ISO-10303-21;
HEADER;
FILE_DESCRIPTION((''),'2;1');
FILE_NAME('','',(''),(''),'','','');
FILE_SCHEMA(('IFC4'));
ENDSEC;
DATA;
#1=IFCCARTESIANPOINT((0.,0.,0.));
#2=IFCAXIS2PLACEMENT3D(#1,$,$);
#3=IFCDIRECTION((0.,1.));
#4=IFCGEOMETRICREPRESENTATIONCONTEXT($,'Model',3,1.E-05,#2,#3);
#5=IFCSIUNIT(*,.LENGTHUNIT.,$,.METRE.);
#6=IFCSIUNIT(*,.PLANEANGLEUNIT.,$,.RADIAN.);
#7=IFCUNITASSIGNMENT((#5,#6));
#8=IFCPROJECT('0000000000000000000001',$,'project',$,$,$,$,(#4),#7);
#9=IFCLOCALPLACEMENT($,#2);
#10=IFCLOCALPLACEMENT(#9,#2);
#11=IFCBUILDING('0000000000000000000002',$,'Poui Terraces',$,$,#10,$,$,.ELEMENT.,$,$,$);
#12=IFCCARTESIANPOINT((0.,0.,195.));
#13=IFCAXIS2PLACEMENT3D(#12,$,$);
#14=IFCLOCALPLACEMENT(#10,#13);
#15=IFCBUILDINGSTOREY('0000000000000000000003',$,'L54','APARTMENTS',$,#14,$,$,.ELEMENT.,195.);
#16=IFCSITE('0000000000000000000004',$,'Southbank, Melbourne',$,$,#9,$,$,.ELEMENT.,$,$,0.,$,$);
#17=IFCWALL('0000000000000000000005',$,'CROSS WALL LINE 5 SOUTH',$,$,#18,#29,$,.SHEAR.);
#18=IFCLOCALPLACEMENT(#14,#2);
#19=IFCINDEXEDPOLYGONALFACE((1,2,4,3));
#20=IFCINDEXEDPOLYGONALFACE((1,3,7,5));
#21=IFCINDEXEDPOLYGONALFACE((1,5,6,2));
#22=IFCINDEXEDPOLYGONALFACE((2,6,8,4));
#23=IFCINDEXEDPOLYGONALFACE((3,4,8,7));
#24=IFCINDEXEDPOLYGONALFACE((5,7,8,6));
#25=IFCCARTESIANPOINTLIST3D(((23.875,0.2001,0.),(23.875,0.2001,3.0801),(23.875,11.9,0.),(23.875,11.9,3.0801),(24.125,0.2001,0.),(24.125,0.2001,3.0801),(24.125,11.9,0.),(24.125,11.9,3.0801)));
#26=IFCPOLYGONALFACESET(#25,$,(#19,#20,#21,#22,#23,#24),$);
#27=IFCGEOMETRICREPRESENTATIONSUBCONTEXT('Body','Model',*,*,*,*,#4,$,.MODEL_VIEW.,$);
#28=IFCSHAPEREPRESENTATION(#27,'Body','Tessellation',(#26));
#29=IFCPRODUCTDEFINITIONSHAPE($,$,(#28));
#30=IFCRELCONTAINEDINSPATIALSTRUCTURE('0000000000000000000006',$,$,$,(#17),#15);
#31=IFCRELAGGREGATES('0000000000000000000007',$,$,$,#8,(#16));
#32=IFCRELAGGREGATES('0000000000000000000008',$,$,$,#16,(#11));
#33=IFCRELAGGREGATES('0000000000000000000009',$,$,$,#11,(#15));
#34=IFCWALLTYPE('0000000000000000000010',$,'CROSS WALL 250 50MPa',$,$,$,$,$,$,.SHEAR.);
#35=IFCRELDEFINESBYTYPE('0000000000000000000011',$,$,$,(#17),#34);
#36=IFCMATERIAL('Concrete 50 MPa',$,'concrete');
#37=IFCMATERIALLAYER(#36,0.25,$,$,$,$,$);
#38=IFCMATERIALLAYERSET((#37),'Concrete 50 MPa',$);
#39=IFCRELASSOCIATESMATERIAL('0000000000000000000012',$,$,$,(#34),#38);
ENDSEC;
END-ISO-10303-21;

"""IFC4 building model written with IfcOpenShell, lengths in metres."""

from ifc_helpers import new_model, si_unit, direction, frame, frame_2d, origin, place, context, subcontext, project, spatial, rectangle, extrude, material, layer, layer_set, type_object, element, save


model = new_model("IFC4")

# Units and contexts
model_context = context("Model", 3, precision=1e-05, world=origin(), true_north=direction((0.0, 1.0)))
body_context = subcontext(model_context, "Body", "Model", "MODEL_VIEW")
ifc_project = project(units=[si_unit("LENGTHUNIT", "METRE"), si_unit("PLANEANGLEUNIT", "RADIAN")], contexts=[model_context])

# Site, building, storey
site_placement = place(None, origin())
site = spatial("IfcSite", under=ifc_project, at=site_placement, Name="Southbank, Melbourne", CompositionType="ELEMENT", RefElevation=0.0)
building_placement = place(site_placement, origin())
building = spatial("IfcBuilding", under=site, at=building_placement, Name="Poui Terraces", CompositionType="ELEMENT")
storey_placement = place(building_placement, frame((0.0, 0.0, 195.0)))
storey = spatial("IfcBuildingStorey", under=building, at=storey_placement, Name="L54", Description="APARTMENTS", CompositionType="ELEMENT", Elevation=195.0)

# Wall
ifc_material_1 = material(Name="Concrete 50 MPa", Category="concrete")
ifc_layer_1 = layer(ifc_material_1, 0.25)
ifc_layer_set_1 = layer_set([ifc_layer_1], Name="Concrete 50 MPa")
wall_type_1 = type_object("IfcWallType", Name="CROSS WALL 250 50MPa", PredefinedType="SHEAR", material=ifc_layer_set_1)
wall_1_placement = place(storey_placement, frame((24.0, 0.2, 0.0), z_axis=(0.0, 0.0, 1.0), x_axis=(0.0, 1.0, 0.0)))
element("IfcWall", 1, at=wall_1_placement, inside=storey, type_object=wall_type_1, Name="CROSS WALL LINE 5 SOUTH", PredefinedType="SHEAR", context=body_context, shape_type="SweptSolid", body=[
    extrude(rectangle(XDim=11.7, YDim=0.25, at=frame_2d((5.8501, 0.0))), origin(), (0.0, 0.0, 1.0), 3.0801),
])

save(model, "model.ifc")
